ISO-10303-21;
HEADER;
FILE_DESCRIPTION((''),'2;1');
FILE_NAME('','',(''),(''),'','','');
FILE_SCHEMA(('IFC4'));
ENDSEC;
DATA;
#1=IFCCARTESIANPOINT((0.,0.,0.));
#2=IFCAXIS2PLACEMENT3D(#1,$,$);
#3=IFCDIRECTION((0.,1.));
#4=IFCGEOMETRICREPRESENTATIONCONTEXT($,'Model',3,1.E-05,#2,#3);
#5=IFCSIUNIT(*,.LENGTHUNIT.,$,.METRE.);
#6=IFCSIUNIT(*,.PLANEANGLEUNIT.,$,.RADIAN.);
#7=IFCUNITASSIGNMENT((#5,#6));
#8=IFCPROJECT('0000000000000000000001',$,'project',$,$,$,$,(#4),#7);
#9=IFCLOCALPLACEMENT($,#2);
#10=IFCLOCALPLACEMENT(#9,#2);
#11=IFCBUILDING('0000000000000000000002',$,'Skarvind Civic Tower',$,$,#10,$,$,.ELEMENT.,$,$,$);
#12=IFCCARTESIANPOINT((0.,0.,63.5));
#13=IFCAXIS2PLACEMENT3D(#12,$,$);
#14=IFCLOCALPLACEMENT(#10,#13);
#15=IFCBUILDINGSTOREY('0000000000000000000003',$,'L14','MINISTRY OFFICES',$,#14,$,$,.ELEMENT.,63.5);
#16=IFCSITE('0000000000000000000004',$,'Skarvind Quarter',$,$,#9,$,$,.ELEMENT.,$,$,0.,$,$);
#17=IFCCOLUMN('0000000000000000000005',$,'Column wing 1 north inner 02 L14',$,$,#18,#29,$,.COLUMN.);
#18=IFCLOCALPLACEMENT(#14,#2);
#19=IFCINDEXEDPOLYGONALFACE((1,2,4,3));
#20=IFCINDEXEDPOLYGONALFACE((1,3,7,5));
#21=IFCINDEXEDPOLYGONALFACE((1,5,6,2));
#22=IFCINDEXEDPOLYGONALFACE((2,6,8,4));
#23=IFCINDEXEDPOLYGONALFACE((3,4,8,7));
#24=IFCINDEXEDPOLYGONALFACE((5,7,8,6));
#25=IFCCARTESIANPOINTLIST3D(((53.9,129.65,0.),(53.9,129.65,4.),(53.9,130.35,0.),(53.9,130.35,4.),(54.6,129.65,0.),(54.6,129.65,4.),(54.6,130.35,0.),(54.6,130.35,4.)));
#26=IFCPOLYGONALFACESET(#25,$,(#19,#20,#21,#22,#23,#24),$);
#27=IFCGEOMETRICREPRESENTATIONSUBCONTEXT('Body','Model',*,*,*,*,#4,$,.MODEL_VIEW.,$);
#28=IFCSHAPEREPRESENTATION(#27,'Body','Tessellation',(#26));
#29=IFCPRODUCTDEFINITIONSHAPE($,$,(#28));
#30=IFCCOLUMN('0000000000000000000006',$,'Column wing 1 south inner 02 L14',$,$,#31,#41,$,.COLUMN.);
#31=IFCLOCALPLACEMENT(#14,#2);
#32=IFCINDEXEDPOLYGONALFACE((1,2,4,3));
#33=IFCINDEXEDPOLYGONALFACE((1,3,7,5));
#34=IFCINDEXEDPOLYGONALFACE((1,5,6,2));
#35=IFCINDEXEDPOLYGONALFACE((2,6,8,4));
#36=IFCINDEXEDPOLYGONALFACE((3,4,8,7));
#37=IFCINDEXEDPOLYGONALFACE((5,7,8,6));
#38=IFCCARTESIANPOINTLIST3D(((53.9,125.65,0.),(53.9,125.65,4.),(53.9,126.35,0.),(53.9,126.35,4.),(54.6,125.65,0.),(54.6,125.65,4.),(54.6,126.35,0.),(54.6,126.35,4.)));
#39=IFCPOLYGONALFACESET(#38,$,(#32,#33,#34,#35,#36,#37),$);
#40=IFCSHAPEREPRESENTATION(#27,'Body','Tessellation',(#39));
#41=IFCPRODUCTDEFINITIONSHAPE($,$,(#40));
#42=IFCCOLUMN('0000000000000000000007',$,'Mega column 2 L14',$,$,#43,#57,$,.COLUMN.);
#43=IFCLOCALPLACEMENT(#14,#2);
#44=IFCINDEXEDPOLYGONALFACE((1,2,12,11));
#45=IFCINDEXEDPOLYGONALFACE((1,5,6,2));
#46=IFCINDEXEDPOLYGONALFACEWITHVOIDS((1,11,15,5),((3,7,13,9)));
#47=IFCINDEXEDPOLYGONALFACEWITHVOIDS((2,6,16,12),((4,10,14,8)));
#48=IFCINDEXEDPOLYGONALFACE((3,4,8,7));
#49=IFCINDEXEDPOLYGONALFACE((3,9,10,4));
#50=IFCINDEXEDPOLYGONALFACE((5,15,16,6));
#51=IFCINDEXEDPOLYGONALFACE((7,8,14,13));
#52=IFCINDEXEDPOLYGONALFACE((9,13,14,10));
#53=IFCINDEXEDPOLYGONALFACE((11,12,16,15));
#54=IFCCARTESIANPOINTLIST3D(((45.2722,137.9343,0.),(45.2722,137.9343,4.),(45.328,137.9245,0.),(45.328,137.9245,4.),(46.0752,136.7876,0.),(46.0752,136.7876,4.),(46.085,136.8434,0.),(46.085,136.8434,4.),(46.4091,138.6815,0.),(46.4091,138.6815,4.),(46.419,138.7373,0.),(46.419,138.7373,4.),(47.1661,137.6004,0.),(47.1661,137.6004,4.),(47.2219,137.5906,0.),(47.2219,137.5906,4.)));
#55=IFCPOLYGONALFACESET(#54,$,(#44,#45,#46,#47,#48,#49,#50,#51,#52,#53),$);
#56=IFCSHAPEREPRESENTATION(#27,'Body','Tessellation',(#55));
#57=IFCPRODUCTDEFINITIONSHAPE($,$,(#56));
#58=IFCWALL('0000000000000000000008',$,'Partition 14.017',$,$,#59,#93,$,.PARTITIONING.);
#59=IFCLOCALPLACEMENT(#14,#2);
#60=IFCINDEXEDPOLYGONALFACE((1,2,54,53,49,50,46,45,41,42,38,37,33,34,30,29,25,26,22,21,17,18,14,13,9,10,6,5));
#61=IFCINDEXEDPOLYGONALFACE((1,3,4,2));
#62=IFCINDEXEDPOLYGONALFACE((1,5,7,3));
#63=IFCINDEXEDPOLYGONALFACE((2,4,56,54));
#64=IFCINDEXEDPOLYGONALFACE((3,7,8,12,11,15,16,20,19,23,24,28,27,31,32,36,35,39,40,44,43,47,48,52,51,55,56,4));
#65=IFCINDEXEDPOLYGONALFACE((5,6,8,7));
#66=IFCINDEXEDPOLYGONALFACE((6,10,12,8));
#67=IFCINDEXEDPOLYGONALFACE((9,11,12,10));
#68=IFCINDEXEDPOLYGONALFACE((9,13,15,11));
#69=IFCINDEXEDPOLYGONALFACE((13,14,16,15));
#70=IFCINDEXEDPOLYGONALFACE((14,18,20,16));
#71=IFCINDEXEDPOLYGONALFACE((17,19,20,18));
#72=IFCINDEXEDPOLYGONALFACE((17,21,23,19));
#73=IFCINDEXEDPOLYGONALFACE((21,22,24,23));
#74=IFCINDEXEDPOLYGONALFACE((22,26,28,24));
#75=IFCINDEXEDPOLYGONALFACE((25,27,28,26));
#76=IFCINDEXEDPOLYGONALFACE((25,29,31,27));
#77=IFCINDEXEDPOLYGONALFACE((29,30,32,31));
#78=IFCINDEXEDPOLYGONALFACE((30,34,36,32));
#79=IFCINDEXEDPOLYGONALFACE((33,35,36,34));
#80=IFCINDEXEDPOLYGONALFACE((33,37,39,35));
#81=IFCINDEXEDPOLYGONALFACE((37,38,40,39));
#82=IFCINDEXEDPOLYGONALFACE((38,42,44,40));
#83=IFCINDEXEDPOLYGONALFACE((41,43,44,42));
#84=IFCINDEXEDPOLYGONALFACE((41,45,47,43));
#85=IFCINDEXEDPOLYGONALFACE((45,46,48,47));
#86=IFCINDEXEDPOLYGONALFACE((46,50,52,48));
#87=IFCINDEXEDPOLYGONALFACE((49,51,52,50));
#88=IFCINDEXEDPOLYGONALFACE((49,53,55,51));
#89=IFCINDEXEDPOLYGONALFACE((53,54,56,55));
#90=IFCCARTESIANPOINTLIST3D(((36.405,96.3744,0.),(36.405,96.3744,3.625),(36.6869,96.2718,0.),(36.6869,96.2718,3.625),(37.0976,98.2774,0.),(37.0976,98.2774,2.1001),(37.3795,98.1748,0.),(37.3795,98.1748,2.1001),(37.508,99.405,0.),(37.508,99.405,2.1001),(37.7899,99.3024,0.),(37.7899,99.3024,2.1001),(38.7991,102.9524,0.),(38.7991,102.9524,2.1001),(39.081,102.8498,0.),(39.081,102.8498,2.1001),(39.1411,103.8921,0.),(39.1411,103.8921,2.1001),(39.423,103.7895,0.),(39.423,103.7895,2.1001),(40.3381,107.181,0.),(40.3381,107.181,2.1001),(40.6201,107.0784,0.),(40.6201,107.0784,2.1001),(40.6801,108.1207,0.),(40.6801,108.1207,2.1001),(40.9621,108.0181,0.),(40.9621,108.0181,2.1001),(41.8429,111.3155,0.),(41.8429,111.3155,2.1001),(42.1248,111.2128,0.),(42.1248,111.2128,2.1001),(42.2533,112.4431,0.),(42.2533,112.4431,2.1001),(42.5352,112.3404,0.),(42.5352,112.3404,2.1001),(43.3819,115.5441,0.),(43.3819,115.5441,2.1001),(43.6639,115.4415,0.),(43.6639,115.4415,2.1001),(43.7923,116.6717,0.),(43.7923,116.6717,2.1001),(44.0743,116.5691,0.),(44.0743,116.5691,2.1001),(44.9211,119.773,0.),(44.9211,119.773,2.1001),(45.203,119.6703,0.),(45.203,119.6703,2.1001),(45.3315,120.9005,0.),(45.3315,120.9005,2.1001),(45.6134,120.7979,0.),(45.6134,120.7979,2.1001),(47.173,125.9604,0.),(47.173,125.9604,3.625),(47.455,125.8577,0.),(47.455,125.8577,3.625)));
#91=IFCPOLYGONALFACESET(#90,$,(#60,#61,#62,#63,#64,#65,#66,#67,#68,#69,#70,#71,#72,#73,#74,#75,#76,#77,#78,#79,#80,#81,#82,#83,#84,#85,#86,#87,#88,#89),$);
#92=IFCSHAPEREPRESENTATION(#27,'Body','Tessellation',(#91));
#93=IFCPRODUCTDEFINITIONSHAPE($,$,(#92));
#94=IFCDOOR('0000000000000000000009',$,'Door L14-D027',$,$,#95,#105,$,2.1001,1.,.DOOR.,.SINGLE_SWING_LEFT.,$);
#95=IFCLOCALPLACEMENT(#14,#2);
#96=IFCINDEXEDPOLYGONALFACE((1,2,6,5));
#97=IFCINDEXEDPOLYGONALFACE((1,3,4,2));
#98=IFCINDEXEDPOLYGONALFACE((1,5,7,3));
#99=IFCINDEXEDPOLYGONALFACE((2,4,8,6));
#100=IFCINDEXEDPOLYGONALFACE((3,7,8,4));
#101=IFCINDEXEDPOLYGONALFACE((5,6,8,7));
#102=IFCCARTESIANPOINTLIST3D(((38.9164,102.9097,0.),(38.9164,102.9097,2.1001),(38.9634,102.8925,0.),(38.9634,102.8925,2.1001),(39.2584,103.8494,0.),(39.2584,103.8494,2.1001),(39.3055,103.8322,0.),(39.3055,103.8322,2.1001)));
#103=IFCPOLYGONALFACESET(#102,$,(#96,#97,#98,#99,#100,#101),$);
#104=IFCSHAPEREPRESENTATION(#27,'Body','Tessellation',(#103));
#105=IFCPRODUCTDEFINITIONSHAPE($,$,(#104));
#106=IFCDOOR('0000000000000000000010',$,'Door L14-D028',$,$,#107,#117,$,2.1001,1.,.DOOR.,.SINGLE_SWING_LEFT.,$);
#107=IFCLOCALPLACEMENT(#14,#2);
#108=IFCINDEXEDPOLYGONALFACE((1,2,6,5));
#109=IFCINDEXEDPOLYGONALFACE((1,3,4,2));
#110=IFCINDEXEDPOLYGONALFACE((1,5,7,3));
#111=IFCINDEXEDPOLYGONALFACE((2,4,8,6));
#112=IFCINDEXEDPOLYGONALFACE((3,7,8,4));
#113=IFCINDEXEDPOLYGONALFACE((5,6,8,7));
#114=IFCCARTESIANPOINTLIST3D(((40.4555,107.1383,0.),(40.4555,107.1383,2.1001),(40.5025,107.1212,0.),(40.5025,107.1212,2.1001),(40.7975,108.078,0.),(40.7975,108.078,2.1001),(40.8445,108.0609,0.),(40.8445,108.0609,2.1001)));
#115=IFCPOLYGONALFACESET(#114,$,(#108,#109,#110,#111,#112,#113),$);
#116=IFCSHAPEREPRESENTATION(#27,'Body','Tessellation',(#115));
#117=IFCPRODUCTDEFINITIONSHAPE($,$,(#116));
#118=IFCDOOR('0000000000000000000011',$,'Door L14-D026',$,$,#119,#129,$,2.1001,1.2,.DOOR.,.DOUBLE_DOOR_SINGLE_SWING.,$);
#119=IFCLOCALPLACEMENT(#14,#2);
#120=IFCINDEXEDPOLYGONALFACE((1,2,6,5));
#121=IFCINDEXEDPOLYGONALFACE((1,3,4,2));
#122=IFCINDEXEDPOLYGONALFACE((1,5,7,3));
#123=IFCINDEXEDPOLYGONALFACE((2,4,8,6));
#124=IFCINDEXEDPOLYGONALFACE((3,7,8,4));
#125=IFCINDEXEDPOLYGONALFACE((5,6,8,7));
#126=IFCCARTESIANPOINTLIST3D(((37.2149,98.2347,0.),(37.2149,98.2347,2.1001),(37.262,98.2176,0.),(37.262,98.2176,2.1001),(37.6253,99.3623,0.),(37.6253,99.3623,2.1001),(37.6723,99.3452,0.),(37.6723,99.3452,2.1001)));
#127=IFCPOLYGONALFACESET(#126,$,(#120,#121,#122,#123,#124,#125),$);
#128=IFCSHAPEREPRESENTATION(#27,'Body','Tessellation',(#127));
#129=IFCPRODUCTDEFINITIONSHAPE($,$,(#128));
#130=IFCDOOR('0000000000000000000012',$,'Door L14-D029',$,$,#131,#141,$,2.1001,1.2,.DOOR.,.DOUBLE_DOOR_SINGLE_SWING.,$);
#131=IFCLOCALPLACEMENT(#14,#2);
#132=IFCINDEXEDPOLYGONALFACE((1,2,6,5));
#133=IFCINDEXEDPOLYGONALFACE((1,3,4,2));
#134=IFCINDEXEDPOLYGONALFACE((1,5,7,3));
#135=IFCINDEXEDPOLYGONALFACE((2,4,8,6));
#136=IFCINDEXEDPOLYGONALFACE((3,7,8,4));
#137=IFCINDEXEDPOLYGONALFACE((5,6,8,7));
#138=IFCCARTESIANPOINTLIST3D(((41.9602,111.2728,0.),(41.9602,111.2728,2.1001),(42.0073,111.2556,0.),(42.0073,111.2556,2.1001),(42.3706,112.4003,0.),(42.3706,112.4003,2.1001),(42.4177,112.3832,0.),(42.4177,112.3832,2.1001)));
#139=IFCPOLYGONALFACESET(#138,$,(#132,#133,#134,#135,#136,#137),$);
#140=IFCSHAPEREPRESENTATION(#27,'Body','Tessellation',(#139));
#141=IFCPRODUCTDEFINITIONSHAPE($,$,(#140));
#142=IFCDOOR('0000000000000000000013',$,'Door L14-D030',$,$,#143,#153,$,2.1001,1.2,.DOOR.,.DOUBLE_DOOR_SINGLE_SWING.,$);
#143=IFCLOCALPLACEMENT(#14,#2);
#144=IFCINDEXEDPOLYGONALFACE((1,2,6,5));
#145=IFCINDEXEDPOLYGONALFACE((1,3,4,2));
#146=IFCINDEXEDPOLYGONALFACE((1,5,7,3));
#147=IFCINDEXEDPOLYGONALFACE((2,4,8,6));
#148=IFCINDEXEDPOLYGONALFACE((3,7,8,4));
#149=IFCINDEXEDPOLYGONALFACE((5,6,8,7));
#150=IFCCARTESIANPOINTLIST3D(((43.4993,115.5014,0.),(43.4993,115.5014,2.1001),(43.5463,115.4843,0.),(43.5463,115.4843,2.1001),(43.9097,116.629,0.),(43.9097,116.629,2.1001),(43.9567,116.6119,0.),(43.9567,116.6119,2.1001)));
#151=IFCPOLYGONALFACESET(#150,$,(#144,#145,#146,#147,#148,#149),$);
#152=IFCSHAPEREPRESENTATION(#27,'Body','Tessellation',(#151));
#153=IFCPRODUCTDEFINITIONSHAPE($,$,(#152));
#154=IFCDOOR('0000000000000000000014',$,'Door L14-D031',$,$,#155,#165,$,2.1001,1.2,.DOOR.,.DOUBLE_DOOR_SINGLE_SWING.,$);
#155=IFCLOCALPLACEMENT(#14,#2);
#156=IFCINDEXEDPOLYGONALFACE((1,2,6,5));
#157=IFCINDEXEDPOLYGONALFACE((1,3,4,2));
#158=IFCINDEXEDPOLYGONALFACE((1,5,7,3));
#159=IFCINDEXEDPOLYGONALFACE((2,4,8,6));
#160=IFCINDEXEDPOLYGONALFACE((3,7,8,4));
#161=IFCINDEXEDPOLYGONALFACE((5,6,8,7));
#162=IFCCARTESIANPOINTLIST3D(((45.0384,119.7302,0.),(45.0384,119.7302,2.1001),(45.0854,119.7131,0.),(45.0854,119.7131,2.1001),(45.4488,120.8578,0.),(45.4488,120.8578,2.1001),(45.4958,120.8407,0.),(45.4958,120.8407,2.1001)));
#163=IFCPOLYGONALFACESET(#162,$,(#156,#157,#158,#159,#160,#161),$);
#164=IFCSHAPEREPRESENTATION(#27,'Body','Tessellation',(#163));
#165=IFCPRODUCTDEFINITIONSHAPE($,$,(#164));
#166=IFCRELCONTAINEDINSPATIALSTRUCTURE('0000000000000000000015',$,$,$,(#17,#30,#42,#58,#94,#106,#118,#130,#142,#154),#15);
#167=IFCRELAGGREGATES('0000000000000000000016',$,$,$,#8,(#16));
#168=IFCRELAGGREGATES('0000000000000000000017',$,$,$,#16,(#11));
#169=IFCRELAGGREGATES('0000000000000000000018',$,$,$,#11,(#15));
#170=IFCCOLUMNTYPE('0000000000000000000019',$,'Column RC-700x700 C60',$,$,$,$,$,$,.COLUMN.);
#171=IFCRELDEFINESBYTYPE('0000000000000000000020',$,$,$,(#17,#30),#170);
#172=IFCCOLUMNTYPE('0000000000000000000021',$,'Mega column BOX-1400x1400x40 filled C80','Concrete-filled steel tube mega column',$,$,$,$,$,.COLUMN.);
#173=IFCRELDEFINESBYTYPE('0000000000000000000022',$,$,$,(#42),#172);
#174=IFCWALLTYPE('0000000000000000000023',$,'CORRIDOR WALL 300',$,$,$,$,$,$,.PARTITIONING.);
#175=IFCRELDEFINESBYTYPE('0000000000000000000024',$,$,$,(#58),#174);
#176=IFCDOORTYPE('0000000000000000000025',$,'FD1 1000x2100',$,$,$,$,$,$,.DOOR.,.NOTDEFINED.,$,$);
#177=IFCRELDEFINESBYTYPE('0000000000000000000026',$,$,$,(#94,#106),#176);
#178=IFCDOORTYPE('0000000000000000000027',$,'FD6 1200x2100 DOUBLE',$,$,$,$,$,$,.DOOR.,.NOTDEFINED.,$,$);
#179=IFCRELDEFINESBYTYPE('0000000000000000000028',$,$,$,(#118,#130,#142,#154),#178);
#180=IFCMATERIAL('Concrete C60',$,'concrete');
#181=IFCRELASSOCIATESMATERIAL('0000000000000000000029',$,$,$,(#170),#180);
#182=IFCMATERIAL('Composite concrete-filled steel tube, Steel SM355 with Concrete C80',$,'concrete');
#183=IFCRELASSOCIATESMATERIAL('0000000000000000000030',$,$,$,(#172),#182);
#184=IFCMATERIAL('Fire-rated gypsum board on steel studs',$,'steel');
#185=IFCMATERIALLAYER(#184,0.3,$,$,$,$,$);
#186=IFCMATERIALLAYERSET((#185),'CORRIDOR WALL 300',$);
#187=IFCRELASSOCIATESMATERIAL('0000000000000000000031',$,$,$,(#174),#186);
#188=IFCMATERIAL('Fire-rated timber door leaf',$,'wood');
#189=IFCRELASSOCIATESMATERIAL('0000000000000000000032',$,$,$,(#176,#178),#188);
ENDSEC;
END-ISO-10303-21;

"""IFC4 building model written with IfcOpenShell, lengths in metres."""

from ifc_helpers import new_model, si_unit, direction, frame, frame_2d, origin, origin_2d, place, context, subcontext, project, spatial, rectangle, hollow_rectangle, extrude, material, layer, layer_set, material_profile, profile_set, type_object, element, fill, save


model = new_model("IFC4")

# Units and contexts
model_context = context("Model", 3, precision=1e-05, world=origin(), true_north=direction((0.0, 1.0)))
body_context = subcontext(model_context, "Body", "Model", "MODEL_VIEW")
ifc_project = project(units=[si_unit("LENGTHUNIT", "METRE"), si_unit("PLANEANGLEUNIT", "RADIAN")], contexts=[model_context])

# Site, building, storey
site_placement = place(None, origin())
site = spatial("IfcSite", under=ifc_project, at=site_placement, Name="Skarvind Quarter", CompositionType="ELEMENT", RefElevation=0.0)
building_placement = place(site_placement, origin())
building = spatial("IfcBuilding", under=site, at=building_placement, Name="Skarvind Civic Tower", CompositionType="ELEMENT")
storey_placement = place(building_placement, frame((0.0, 0.0, 63.5)))
storey = spatial("IfcBuildingStorey", under=building, at=storey_placement, Name="L14", Description="MINISTRY OFFICES", CompositionType="ELEMENT", Elevation=63.5)

# Columns
ifc_material_1 = material(Name="Concrete C60", Category="concrete")
ifc_material_profile_1 = material_profile(ifc_material_1, rectangle(XDim=0.7, YDim=0.7, at=origin_2d()), Name="RC-700x700")
ifc_profile_set_1 = profile_set([ifc_material_profile_1], Name="Concrete C60")
column_type_1 = type_object("IfcColumnType", Name="Column RC-700x700 C60", PredefinedType="COLUMN", material=ifc_profile_set_1)
for number, where, z_axis, x_axis, name in (
    (1, (54.25, 130.0, 0.0), (0.0, 0.0, 1.0), (1.0, 0.0, 0.0), "Column wing 1 north inner 02 L14"),
    (2, (54.25, 126.0, 0.0), (0.0, 0.0, 1.0), (1.0, 0.0, 0.0), "Column wing 1 south inner 02 L14"),
):
    element("IfcColumn", number, at=place(storey_placement, frame(where, z_axis=z_axis, x_axis=x_axis)), inside=storey, type_object=column_type_1, Name=name, PredefinedType="COLUMN", context=body_context, shape_type="SweptSolid", body=[
        extrude(rectangle(XDim=0.7, YDim=0.7, at=origin_2d()), origin(), (0.0, 0.0, 1.0), 4.0),
    ])
ifc_material_2 = material(Name="Composite concrete-filled steel tube, Steel SM355 with Concrete C80", Category="concrete")
ifc_material_profile_2 = material_profile(ifc_material_2, hollow_rectangle(XDim=1.3999, YDim=1.3999, WallThickness=0.04, at=origin_2d()), Name="BOX-1400x1400x40")
ifc_profile_set_2 = profile_set([ifc_material_profile_2], Name="Composite concrete-filled steel tube, Steel SM355 with Concrete C80")
column_type_2 = type_object("IfcColumnType", Name="Mega column BOX-1400x1400x40 filled C80", Description="Concrete-filled steel tube mega column", PredefinedType="COLUMN", material=ifc_profile_set_2)
column_placement = place(storey_placement, frame((46.2471, 137.7625, 0.0), z_axis=(0.0, 0.0, 1.0), x_axis=(0.573576, -0.819152, 0.0)))
element("IfcColumn", 3, at=column_placement, inside=storey, type_object=column_type_2, Name="Mega column 2 L14", PredefinedType="COLUMN", context=body_context, shape_type="SweptSolid", body=[
    extrude(hollow_rectangle(XDim=1.3999, YDim=1.3999, WallThickness=0.04, at=origin_2d()), origin(), (0.0, 0.0, 1.0), 4.0),
])

# Wall, openings, doors
ifc_material_3 = material(Name="Fire-rated gypsum board on steel studs", Category="steel")
ifc_layer_1 = layer(ifc_material_3, 0.3)
ifc_layer_set_1 = layer_set([ifc_layer_1], Name="CORRIDOR WALL 300")
wall_type_1 = type_object("IfcWallType", Name="CORRIDOR WALL 300", PredefinedType="PARTITIONING", material=ifc_layer_set_1)
wall_1_placement = place(storey_placement, frame((47.314, 125.9089, 0.0), z_axis=(0.0, 0.0, 1.0), x_axis=(-0.342011, -0.939696, 0.0)))
wall_1 = element("IfcWall", 4, at=wall_1_placement, inside=storey, type_object=wall_type_1, Name="Partition 14.017", PredefinedType="PARTITIONING", context=body_context, shape_type="SweptSolid", body=[
    extrude(rectangle(XDim=31.4846, YDim=0.3, at=frame_2d((15.7422, 0.0))), origin(), (0.0, 0.0, 1.0), 3.625),
])
opening_1_placement = place(wall_1_placement, frame((28.2593, 0.0, 0.0)))
opening_1 = element("IfcOpeningElement", 5, at=opening_1_placement, cuts=wall_1, PredefinedType="OPENING", context=body_context, shape_type="SweptSolid", body=[
    extrude(rectangle(XDim=1.2, YDim=2.1001, at=frame_2d((0.6001, 1.05))), frame((0.0, 0.1599, 0.0), z_axis=(0.0, -1.0, 0.0), x_axis=(1.0, 0.0, 0.0)), (0.0, 0.0, 1.0), 0.3201),
])
opening_2_placement = place(wall_1_placement, frame((23.4844, 0.0, 0.0)))
opening_2 = element("IfcOpeningElement", 6, at=opening_2_placement, cuts=wall_1, PredefinedType="OPENING", context=body_context, shape_type="SweptSolid", body=[
    extrude(rectangle(XDim=1.0, YDim=2.1001, at=frame_2d((0.5, 1.05))), frame((0.0, 0.1599, 0.0), z_axis=(0.0, -1.0, 0.0), x_axis=(1.0, 0.0, 0.0)), (0.0, 0.0, 1.0), 0.3201),
])
opening_3_placement = place(wall_1_placement, frame((18.9844, 0.0, 0.0)))
opening_3 = element("IfcOpeningElement", 7, at=opening_3_placement, cuts=wall_1, PredefinedType="OPENING", context=body_context, shape_type="SweptSolid", body=[
    extrude(rectangle(XDim=1.0, YDim=2.1001, at=frame_2d((0.5, 1.05))), frame((0.0, 0.1599, 0.0), z_axis=(0.0, -1.0, 0.0), x_axis=(1.0, 0.0, 0.0)), (0.0, 0.0, 1.0), 0.3201),
])
opening_4_placement = place(wall_1_placement, frame((14.3845, 0.0, 0.0)))
opening_4 = element("IfcOpeningElement", 8, at=opening_4_placement, cuts=wall_1, PredefinedType="OPENING", context=body_context, shape_type="SweptSolid", body=[
    extrude(rectangle(XDim=1.2, YDim=2.1001, at=frame_2d((0.6001, 1.05))), frame((0.0, 0.1599, 0.0), z_axis=(0.0, -1.0, 0.0), x_axis=(1.0, 0.0, 0.0)), (0.0, 0.0, 1.0), 0.3201),
])
opening_5_placement = place(wall_1_placement, frame((9.8845, 0.0, 0.0)))
opening_5 = element("IfcOpeningElement", 9, at=opening_5_placement, cuts=wall_1, PredefinedType="OPENING", context=body_context, shape_type="SweptSolid", body=[
    extrude(rectangle(XDim=1.2, YDim=2.1001, at=frame_2d((0.6001, 1.05))), frame((0.0, 0.1599, 0.0), z_axis=(0.0, -1.0, 0.0), x_axis=(1.0, 0.0, 0.0)), (0.0, 0.0, 1.0), 0.3201),
])
opening_6_placement = place(wall_1_placement, frame((5.3843, 0.0, 0.0)))
opening_6 = element("IfcOpeningElement", 10, at=opening_6_placement, cuts=wall_1, PredefinedType="OPENING", context=body_context, shape_type="SweptSolid", body=[
    extrude(rectangle(XDim=1.2, YDim=2.1001, at=frame_2d((0.6001, 1.05))), frame((0.0, 0.1599, 0.0), z_axis=(0.0, -1.0, 0.0), x_axis=(1.0, 0.0, 0.0)), (0.0, 0.0, 1.0), 0.3201),
])
ifc_material_4 = material(Name="Fire-rated timber door leaf", Category="wood")
door_type_1 = type_object("IfcDoorType", Name="FD1 1000x2100", OperationType="NOTDEFINED", PredefinedType="DOOR", material=ifc_material_4)
door_1_placement = place(opening_2_placement, origin())
door_1 = element("IfcDoor", 11, at=door_1_placement, inside=storey, type_object=door_type_1, Name="Door L14-D027", OperationType="SINGLE_SWING_LEFT", OverallHeight=2.1001, OverallWidth=1.0, PredefinedType="DOOR", context=body_context, shape_type="SweptSolid", body=[
    extrude(rectangle(XDim=1.0, YDim=2.1001, at=frame_2d((0.5, 1.05))), frame((0.0, 0.0249, 0.0), z_axis=(0.0, -1.0, 0.0), x_axis=(1.0, 0.0, 0.0)), (0.0, 0.0, 1.0), 0.05),
])
fill(opening_2, door_1)
door_2_placement = place(opening_3_placement, origin())
door_2 = element("IfcDoor", 12, at=door_2_placement, inside=storey, type_object=door_type_1, Name="Door L14-D028", OperationType="SINGLE_SWING_LEFT", OverallHeight=2.1001, OverallWidth=1.0, PredefinedType="DOOR", context=body_context, shape_type="SweptSolid", body=[
    extrude(rectangle(XDim=1.0, YDim=2.1001, at=frame_2d((0.5, 1.05))), frame((0.0, 0.0249, 0.0), z_axis=(0.0, -1.0, 0.0), x_axis=(1.0, 0.0, 0.0)), (0.0, 0.0, 1.0), 0.05),
])
fill(opening_3, door_2)
door_type_2 = type_object("IfcDoorType", Name="FD6 1200x2100 DOUBLE", OperationType="NOTDEFINED", PredefinedType="DOOR", material=ifc_material_4)
door_3_placement = place(opening_1_placement, origin())
door_3 = element("IfcDoor", 13, at=door_3_placement, inside=storey, type_object=door_type_2, Name="Door L14-D026", OperationType="DOUBLE_DOOR_SINGLE_SWING", OverallHeight=2.1001, OverallWidth=1.2, PredefinedType="DOOR", context=body_context, shape_type="SweptSolid", body=[
    extrude(rectangle(XDim=1.2, YDim=2.1001, at=frame_2d((0.6001, 1.05))), frame((0.0, 0.0249, 0.0), z_axis=(0.0, -1.0, 0.0), x_axis=(1.0, 0.0, 0.0)), (0.0, 0.0, 1.0), 0.05),
])
fill(opening_1, door_3)
door_4_placement = place(opening_4_placement, origin())
door_4 = element("IfcDoor", 14, at=door_4_placement, inside=storey, type_object=door_type_2, Name="Door L14-D029", OperationType="DOUBLE_DOOR_SINGLE_SWING", OverallHeight=2.1001, OverallWidth=1.2, PredefinedType="DOOR", context=body_context, shape_type="SweptSolid", body=[
    extrude(rectangle(XDim=1.2, YDim=2.1001, at=frame_2d((0.6001, 1.05))), frame((0.0, 0.0249, 0.0), z_axis=(0.0, -1.0, 0.0), x_axis=(1.0, 0.0, 0.0)), (0.0, 0.0, 1.0), 0.05),
])
fill(opening_4, door_4)
door_5_placement = place(opening_5_placement, origin())
door_5 = element("IfcDoor", 15, at=door_5_placement, inside=storey, type_object=door_type_2, Name="Door L14-D030", OperationType="DOUBLE_DOOR_SINGLE_SWING", OverallHeight=2.1001, OverallWidth=1.2, PredefinedType="DOOR", context=body_context, shape_type="SweptSolid", body=[
    extrude(rectangle(XDim=1.2, YDim=2.1001, at=frame_2d((0.6001, 1.05))), frame((0.0, 0.0249, 0.0), z_axis=(0.0, -1.0, 0.0), x_axis=(1.0, 0.0, 0.0)), (0.0, 0.0, 1.0), 0.05),
])
fill(opening_5, door_5)
door_6_placement = place(opening_6_placement, origin())
door_6 = element("IfcDoor", 16, at=door_6_placement, inside=storey, type_object=door_type_2, Name="Door L14-D031", OperationType="DOUBLE_DOOR_SINGLE_SWING", OverallHeight=2.1001, OverallWidth=1.2, PredefinedType="DOOR", context=body_context, shape_type="SweptSolid", body=[
    extrude(rectangle(XDim=1.2, YDim=2.1001, at=frame_2d((0.6001, 1.05))), frame((0.0, 0.0249, 0.0), z_axis=(0.0, -1.0, 0.0), x_axis=(1.0, 0.0, 0.0)), (0.0, 0.0, 1.0), 0.05),
])
fill(opening_6, door_6)

save(model, "model.ifc")
